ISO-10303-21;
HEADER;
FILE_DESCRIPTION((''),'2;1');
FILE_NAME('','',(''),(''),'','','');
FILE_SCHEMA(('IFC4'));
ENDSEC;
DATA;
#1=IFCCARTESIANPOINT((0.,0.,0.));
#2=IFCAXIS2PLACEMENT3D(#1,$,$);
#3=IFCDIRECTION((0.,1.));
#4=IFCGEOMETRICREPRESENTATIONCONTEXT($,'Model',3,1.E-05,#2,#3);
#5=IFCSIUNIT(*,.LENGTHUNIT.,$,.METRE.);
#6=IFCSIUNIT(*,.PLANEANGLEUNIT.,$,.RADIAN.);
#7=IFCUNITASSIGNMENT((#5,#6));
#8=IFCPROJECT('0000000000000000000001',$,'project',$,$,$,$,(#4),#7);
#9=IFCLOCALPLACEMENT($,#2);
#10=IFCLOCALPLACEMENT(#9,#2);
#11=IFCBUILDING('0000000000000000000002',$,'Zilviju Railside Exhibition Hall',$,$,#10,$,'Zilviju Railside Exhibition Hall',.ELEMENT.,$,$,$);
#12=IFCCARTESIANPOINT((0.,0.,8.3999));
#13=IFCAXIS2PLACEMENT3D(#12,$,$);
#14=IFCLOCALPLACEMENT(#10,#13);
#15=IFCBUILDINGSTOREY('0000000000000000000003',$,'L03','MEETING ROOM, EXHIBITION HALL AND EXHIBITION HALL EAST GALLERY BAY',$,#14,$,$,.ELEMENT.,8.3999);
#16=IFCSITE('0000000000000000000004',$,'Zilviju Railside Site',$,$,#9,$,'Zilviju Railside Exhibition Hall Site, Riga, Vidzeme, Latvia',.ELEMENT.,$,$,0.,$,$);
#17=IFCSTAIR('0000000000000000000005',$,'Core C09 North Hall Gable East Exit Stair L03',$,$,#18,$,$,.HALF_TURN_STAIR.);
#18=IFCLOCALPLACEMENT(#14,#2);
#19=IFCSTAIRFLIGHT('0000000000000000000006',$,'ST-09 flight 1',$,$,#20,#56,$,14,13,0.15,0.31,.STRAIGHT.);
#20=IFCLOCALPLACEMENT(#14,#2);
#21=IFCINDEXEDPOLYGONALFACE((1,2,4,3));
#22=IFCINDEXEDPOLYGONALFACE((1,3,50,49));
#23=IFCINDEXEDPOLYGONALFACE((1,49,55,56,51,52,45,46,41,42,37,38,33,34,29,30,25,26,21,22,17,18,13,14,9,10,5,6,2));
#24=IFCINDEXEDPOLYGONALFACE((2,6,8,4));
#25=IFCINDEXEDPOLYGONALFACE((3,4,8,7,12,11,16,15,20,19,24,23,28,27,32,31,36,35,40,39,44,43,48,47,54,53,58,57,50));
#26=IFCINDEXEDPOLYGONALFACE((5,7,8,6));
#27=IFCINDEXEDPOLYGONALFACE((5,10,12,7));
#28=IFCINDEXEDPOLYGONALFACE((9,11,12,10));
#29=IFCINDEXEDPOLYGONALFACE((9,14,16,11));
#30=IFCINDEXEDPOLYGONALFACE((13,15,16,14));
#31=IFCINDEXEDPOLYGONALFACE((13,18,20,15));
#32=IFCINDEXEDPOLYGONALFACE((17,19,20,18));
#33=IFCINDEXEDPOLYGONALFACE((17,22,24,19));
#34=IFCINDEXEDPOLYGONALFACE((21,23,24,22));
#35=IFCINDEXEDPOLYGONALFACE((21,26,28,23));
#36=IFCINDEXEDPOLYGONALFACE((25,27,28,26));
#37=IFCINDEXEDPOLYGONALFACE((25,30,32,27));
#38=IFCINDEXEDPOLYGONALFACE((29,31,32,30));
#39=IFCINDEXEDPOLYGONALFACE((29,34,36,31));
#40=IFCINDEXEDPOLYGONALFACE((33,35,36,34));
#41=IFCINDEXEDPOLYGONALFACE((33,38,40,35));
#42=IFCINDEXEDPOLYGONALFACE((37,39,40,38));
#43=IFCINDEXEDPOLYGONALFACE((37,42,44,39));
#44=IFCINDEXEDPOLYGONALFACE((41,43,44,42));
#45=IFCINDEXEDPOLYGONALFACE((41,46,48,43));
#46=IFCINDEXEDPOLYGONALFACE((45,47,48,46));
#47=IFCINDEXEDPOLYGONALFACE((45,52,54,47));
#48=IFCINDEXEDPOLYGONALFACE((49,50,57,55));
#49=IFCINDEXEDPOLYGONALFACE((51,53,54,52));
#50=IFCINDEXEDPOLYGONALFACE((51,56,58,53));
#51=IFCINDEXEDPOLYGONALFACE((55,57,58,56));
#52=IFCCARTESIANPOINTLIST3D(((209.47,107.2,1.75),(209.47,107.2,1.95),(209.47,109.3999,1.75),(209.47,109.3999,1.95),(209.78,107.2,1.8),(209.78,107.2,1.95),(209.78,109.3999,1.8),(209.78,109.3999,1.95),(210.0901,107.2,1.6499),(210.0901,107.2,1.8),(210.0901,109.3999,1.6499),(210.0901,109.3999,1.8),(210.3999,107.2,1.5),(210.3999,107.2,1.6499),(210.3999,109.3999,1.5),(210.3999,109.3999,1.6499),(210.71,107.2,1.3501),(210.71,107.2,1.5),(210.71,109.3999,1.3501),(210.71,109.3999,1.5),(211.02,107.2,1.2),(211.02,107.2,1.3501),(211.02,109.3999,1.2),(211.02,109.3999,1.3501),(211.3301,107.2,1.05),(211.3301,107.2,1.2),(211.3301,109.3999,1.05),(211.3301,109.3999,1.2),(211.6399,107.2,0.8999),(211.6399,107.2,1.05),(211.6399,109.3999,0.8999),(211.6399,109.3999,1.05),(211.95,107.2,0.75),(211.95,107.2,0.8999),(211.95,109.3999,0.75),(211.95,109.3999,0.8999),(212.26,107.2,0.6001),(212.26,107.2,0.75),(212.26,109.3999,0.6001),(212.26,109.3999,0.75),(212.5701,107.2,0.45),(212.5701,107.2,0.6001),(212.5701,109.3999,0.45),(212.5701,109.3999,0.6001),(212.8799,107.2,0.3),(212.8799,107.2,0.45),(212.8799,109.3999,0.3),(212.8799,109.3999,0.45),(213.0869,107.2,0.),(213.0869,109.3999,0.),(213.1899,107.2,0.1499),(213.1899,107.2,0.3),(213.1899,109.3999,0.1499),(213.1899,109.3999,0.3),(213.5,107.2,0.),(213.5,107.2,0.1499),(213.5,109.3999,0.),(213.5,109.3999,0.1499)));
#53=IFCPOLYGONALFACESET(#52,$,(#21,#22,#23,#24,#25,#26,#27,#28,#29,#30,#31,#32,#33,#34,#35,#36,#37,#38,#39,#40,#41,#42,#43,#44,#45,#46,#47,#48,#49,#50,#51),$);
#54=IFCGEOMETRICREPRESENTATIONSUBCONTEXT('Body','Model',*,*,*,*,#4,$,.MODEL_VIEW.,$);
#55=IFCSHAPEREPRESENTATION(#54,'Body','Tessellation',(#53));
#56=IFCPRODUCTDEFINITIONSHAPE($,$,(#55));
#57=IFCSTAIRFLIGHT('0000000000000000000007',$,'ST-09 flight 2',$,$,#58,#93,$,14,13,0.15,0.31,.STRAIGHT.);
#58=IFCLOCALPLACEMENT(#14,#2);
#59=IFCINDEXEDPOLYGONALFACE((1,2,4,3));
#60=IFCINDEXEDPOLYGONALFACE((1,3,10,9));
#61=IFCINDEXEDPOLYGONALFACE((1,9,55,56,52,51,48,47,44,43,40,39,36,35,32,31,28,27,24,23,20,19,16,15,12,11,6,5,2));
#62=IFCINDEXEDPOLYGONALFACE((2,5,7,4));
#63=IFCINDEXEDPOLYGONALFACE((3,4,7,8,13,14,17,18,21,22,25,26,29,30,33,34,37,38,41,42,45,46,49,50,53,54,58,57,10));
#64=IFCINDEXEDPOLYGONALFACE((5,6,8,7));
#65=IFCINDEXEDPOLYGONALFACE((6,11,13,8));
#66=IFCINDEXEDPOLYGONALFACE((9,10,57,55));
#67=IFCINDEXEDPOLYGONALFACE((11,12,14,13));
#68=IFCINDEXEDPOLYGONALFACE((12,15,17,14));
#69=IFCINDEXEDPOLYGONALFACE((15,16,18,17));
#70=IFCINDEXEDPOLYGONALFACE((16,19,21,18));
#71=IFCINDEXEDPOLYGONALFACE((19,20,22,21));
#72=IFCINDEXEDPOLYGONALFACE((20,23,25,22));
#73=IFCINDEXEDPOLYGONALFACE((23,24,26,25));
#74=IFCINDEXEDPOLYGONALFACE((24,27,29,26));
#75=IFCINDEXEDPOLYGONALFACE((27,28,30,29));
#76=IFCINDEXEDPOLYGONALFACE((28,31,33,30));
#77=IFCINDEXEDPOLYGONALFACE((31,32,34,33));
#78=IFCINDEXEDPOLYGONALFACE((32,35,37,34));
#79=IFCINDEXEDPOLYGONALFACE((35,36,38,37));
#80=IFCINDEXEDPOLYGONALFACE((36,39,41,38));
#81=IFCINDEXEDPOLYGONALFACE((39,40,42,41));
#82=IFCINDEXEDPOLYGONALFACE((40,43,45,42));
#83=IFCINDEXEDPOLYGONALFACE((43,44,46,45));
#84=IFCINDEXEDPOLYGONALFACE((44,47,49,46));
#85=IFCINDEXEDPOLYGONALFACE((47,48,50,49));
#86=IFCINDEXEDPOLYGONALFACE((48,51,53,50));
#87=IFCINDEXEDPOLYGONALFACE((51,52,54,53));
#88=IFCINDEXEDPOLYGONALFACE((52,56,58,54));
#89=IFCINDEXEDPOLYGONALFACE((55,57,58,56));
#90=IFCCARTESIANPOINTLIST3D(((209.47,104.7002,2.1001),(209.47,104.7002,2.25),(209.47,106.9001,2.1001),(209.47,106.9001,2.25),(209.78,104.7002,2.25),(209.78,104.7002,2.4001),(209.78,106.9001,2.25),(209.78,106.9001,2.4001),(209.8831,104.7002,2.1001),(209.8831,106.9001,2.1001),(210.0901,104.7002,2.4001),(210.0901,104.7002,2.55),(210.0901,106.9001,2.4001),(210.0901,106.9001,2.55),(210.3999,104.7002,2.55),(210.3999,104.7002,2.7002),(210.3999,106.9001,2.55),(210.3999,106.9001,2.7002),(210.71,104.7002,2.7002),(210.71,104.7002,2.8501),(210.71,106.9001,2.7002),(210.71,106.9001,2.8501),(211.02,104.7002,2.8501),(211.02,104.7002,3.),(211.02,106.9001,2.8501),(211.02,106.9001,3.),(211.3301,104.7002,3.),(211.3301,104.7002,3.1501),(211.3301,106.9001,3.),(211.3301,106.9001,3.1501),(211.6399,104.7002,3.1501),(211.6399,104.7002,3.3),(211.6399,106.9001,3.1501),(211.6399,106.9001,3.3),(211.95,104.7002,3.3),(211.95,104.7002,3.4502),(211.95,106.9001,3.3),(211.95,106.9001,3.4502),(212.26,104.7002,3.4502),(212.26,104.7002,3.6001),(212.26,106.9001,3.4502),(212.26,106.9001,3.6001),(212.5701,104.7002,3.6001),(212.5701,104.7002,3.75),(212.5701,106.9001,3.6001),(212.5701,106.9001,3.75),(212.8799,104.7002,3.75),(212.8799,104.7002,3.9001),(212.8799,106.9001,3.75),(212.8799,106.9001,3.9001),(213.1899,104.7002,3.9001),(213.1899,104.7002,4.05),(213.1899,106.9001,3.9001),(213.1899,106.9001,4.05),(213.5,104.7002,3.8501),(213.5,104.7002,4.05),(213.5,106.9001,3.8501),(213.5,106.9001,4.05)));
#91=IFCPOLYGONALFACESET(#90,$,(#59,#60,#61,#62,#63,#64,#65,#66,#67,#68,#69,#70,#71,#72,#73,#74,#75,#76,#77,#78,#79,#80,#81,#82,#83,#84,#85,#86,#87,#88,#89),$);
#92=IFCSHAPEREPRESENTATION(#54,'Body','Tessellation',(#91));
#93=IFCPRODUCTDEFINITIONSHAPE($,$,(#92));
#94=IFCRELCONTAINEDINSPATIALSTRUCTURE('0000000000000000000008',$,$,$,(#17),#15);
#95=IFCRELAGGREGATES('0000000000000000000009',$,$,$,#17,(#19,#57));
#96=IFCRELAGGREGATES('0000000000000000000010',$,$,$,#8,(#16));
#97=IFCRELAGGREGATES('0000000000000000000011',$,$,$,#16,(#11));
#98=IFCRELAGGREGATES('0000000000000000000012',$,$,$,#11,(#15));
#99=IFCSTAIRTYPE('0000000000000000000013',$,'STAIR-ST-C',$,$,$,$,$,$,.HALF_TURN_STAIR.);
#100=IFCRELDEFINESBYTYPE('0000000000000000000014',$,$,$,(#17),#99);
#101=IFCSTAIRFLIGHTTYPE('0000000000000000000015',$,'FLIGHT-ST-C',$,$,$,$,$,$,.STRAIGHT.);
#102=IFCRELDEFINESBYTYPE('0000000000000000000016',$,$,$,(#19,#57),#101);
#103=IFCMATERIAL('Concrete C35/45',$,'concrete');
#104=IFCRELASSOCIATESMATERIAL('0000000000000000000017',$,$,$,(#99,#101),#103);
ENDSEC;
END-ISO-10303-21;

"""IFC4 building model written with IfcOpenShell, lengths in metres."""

from ifc_helpers import new_model, si_unit, direction, frame, origin, place, context, subcontext, project, spatial, polyline, outline, extrude, material, type_object, element, aggregate, save


model = new_model("IFC4")

# Units and contexts
model_context = context("Model", 3, precision=1e-05, world=origin(), true_north=direction((0.0, 1.0)))
body_context = subcontext(model_context, "Body", "Model", "MODEL_VIEW")
ifc_project = project(units=[si_unit("LENGTHUNIT", "METRE"), si_unit("PLANEANGLEUNIT", "RADIAN")], contexts=[model_context])

# Site, building, storey
site_placement = place(None, origin())
site = spatial("IfcSite", under=ifc_project, at=site_placement, Name="Zilviju Railside Site", LongName="Zilviju Railside Exhibition Hall Site, Riga, Vidzeme, Latvia", CompositionType="ELEMENT", RefElevation=0.0)
building_placement = place(site_placement, origin())
building = spatial("IfcBuilding", under=site, at=building_placement, Name="Zilviju Railside Exhibition Hall", LongName="Zilviju Railside Exhibition Hall", CompositionType="ELEMENT")
storey_placement = place(building_placement, frame((0.0, 0.0, 8.3999)))
storey = spatial("IfcBuildingStorey", under=building, at=storey_placement, Name="L03", Description="MEETING ROOM, EXHIBITION HALL AND EXHIBITION HALL EAST GALLERY BAY", CompositionType="ELEMENT", Elevation=8.3999)

# Shared definitions
ifc_material_1 = material(Name="Concrete C35/45", Category="concrete")

# Stair, stair flights
stair_type = type_object("IfcStairType", Name="STAIR-ST-C", PredefinedType="HALF_TURN_STAIR", material=ifc_material_1)
stair_placement = place(storey_placement, origin())
stair = element("IfcStair", 1, at=stair_placement, inside=storey, type_object=stair_type, Name="Core C09 North Hall Gable East Exit Stair L03", PredefinedType="HALF_TURN_STAIR")
stair_flight_type = type_object("IfcStairFlightType", Name="FLIGHT-ST-C", PredefinedType="STRAIGHT", material=ifc_material_1)
stair_flight_1_placement = place(storey_placement, frame((213.5, 108.3, 0.0), z_axis=(0.0, 0.0, 1.0), x_axis=(-1.0, 0.0, 0.0)))
stair_flight_1 = element("IfcStairFlight", 2, at=stair_flight_1_placement, type_object=stair_flight_type, Name="ST-09 flight 1", NumberOfRisers=14, NumberOfTreads=13, PredefinedType="STRAIGHT", RiserHeight=0.15, TreadLength=0.31, context=body_context, shape_type="SweptSolid", body=[
    extrude(outline(polyline([(0.0, 0.0), (0.0, 0.1499), (0.3101, 0.1499), (0.3101, 0.3), (0.6201, 0.3), (0.6201, 0.45), (0.9299, 0.45), (0.9299, 0.6001), (1.24, 0.6001), (1.24, 0.75), (1.55, 0.75), (1.55, 0.8999), (1.8601, 0.8999), (1.8601, 1.05), (2.1699, 1.05), (2.1699, 1.2), (2.48, 1.2), (2.48, 1.3501), (2.79, 1.3501), (2.79, 1.5), (3.1001, 1.5), (3.1001, 1.6499), (3.4099, 1.6499), (3.4099, 1.8), (3.72, 1.8), (3.72, 1.95), (4.03, 1.95), (4.03, 2.1001), (4.03, 1.75), (0.4131, 0.0), (0.0, 0.0)])), frame((0.0, 1.1001, 0.0), z_axis=(0.0, -1.0, 0.0), x_axis=(1.0, 0.0, 0.0)), (0.0, 0.0, 1.0), 2.2),
])
stair_flight_2_placement = place(storey_placement, frame((209.47, 105.8, 2.1001), z_axis=(0.0, 0.0, 1.0), x_axis=(1.0, 0.0, 0.0)))
stair_flight_2 = element("IfcStairFlight", 3, at=stair_flight_2_placement, type_object=stair_flight_type, Name="ST-09 flight 2", NumberOfRisers=14, NumberOfTreads=13, PredefinedType="STRAIGHT", RiserHeight=0.15, TreadLength=0.31, context=body_context, shape_type="SweptSolid", body=[
    extrude(outline(polyline([(0.0, 0.0), (0.0, 0.1499), (0.3101, 0.1499), (0.3101, 0.3), (0.6201, 0.3), (0.6201, 0.45), (0.9299, 0.45), (0.9299, 0.6001), (1.24, 0.6001), (1.24, 0.75), (1.55, 0.75), (1.55, 0.8999), (1.8601, 0.8999), (1.8601, 1.05), (2.1699, 1.05), (2.1699, 1.2), (2.48, 1.2), (2.48, 1.3501), (2.79, 1.3501), (2.79, 1.5), (3.1001, 1.5), (3.1001, 1.6499), (3.4099, 1.6499), (3.4099, 1.8), (3.72, 1.8), (3.72, 1.95), (4.03, 1.95), (4.03, 2.1001), (4.03, 1.75), (0.4131, 0.0), (0.0, 0.0)])), frame((0.0, 1.1001, 0.0), z_axis=(0.0, -1.0, 0.0), x_axis=(1.0, 0.0, 0.0)), (0.0, 0.0, 1.0), 2.2),
])
aggregate(stair, [stair_flight_1, stair_flight_2])

save(model, "model.ifc")
